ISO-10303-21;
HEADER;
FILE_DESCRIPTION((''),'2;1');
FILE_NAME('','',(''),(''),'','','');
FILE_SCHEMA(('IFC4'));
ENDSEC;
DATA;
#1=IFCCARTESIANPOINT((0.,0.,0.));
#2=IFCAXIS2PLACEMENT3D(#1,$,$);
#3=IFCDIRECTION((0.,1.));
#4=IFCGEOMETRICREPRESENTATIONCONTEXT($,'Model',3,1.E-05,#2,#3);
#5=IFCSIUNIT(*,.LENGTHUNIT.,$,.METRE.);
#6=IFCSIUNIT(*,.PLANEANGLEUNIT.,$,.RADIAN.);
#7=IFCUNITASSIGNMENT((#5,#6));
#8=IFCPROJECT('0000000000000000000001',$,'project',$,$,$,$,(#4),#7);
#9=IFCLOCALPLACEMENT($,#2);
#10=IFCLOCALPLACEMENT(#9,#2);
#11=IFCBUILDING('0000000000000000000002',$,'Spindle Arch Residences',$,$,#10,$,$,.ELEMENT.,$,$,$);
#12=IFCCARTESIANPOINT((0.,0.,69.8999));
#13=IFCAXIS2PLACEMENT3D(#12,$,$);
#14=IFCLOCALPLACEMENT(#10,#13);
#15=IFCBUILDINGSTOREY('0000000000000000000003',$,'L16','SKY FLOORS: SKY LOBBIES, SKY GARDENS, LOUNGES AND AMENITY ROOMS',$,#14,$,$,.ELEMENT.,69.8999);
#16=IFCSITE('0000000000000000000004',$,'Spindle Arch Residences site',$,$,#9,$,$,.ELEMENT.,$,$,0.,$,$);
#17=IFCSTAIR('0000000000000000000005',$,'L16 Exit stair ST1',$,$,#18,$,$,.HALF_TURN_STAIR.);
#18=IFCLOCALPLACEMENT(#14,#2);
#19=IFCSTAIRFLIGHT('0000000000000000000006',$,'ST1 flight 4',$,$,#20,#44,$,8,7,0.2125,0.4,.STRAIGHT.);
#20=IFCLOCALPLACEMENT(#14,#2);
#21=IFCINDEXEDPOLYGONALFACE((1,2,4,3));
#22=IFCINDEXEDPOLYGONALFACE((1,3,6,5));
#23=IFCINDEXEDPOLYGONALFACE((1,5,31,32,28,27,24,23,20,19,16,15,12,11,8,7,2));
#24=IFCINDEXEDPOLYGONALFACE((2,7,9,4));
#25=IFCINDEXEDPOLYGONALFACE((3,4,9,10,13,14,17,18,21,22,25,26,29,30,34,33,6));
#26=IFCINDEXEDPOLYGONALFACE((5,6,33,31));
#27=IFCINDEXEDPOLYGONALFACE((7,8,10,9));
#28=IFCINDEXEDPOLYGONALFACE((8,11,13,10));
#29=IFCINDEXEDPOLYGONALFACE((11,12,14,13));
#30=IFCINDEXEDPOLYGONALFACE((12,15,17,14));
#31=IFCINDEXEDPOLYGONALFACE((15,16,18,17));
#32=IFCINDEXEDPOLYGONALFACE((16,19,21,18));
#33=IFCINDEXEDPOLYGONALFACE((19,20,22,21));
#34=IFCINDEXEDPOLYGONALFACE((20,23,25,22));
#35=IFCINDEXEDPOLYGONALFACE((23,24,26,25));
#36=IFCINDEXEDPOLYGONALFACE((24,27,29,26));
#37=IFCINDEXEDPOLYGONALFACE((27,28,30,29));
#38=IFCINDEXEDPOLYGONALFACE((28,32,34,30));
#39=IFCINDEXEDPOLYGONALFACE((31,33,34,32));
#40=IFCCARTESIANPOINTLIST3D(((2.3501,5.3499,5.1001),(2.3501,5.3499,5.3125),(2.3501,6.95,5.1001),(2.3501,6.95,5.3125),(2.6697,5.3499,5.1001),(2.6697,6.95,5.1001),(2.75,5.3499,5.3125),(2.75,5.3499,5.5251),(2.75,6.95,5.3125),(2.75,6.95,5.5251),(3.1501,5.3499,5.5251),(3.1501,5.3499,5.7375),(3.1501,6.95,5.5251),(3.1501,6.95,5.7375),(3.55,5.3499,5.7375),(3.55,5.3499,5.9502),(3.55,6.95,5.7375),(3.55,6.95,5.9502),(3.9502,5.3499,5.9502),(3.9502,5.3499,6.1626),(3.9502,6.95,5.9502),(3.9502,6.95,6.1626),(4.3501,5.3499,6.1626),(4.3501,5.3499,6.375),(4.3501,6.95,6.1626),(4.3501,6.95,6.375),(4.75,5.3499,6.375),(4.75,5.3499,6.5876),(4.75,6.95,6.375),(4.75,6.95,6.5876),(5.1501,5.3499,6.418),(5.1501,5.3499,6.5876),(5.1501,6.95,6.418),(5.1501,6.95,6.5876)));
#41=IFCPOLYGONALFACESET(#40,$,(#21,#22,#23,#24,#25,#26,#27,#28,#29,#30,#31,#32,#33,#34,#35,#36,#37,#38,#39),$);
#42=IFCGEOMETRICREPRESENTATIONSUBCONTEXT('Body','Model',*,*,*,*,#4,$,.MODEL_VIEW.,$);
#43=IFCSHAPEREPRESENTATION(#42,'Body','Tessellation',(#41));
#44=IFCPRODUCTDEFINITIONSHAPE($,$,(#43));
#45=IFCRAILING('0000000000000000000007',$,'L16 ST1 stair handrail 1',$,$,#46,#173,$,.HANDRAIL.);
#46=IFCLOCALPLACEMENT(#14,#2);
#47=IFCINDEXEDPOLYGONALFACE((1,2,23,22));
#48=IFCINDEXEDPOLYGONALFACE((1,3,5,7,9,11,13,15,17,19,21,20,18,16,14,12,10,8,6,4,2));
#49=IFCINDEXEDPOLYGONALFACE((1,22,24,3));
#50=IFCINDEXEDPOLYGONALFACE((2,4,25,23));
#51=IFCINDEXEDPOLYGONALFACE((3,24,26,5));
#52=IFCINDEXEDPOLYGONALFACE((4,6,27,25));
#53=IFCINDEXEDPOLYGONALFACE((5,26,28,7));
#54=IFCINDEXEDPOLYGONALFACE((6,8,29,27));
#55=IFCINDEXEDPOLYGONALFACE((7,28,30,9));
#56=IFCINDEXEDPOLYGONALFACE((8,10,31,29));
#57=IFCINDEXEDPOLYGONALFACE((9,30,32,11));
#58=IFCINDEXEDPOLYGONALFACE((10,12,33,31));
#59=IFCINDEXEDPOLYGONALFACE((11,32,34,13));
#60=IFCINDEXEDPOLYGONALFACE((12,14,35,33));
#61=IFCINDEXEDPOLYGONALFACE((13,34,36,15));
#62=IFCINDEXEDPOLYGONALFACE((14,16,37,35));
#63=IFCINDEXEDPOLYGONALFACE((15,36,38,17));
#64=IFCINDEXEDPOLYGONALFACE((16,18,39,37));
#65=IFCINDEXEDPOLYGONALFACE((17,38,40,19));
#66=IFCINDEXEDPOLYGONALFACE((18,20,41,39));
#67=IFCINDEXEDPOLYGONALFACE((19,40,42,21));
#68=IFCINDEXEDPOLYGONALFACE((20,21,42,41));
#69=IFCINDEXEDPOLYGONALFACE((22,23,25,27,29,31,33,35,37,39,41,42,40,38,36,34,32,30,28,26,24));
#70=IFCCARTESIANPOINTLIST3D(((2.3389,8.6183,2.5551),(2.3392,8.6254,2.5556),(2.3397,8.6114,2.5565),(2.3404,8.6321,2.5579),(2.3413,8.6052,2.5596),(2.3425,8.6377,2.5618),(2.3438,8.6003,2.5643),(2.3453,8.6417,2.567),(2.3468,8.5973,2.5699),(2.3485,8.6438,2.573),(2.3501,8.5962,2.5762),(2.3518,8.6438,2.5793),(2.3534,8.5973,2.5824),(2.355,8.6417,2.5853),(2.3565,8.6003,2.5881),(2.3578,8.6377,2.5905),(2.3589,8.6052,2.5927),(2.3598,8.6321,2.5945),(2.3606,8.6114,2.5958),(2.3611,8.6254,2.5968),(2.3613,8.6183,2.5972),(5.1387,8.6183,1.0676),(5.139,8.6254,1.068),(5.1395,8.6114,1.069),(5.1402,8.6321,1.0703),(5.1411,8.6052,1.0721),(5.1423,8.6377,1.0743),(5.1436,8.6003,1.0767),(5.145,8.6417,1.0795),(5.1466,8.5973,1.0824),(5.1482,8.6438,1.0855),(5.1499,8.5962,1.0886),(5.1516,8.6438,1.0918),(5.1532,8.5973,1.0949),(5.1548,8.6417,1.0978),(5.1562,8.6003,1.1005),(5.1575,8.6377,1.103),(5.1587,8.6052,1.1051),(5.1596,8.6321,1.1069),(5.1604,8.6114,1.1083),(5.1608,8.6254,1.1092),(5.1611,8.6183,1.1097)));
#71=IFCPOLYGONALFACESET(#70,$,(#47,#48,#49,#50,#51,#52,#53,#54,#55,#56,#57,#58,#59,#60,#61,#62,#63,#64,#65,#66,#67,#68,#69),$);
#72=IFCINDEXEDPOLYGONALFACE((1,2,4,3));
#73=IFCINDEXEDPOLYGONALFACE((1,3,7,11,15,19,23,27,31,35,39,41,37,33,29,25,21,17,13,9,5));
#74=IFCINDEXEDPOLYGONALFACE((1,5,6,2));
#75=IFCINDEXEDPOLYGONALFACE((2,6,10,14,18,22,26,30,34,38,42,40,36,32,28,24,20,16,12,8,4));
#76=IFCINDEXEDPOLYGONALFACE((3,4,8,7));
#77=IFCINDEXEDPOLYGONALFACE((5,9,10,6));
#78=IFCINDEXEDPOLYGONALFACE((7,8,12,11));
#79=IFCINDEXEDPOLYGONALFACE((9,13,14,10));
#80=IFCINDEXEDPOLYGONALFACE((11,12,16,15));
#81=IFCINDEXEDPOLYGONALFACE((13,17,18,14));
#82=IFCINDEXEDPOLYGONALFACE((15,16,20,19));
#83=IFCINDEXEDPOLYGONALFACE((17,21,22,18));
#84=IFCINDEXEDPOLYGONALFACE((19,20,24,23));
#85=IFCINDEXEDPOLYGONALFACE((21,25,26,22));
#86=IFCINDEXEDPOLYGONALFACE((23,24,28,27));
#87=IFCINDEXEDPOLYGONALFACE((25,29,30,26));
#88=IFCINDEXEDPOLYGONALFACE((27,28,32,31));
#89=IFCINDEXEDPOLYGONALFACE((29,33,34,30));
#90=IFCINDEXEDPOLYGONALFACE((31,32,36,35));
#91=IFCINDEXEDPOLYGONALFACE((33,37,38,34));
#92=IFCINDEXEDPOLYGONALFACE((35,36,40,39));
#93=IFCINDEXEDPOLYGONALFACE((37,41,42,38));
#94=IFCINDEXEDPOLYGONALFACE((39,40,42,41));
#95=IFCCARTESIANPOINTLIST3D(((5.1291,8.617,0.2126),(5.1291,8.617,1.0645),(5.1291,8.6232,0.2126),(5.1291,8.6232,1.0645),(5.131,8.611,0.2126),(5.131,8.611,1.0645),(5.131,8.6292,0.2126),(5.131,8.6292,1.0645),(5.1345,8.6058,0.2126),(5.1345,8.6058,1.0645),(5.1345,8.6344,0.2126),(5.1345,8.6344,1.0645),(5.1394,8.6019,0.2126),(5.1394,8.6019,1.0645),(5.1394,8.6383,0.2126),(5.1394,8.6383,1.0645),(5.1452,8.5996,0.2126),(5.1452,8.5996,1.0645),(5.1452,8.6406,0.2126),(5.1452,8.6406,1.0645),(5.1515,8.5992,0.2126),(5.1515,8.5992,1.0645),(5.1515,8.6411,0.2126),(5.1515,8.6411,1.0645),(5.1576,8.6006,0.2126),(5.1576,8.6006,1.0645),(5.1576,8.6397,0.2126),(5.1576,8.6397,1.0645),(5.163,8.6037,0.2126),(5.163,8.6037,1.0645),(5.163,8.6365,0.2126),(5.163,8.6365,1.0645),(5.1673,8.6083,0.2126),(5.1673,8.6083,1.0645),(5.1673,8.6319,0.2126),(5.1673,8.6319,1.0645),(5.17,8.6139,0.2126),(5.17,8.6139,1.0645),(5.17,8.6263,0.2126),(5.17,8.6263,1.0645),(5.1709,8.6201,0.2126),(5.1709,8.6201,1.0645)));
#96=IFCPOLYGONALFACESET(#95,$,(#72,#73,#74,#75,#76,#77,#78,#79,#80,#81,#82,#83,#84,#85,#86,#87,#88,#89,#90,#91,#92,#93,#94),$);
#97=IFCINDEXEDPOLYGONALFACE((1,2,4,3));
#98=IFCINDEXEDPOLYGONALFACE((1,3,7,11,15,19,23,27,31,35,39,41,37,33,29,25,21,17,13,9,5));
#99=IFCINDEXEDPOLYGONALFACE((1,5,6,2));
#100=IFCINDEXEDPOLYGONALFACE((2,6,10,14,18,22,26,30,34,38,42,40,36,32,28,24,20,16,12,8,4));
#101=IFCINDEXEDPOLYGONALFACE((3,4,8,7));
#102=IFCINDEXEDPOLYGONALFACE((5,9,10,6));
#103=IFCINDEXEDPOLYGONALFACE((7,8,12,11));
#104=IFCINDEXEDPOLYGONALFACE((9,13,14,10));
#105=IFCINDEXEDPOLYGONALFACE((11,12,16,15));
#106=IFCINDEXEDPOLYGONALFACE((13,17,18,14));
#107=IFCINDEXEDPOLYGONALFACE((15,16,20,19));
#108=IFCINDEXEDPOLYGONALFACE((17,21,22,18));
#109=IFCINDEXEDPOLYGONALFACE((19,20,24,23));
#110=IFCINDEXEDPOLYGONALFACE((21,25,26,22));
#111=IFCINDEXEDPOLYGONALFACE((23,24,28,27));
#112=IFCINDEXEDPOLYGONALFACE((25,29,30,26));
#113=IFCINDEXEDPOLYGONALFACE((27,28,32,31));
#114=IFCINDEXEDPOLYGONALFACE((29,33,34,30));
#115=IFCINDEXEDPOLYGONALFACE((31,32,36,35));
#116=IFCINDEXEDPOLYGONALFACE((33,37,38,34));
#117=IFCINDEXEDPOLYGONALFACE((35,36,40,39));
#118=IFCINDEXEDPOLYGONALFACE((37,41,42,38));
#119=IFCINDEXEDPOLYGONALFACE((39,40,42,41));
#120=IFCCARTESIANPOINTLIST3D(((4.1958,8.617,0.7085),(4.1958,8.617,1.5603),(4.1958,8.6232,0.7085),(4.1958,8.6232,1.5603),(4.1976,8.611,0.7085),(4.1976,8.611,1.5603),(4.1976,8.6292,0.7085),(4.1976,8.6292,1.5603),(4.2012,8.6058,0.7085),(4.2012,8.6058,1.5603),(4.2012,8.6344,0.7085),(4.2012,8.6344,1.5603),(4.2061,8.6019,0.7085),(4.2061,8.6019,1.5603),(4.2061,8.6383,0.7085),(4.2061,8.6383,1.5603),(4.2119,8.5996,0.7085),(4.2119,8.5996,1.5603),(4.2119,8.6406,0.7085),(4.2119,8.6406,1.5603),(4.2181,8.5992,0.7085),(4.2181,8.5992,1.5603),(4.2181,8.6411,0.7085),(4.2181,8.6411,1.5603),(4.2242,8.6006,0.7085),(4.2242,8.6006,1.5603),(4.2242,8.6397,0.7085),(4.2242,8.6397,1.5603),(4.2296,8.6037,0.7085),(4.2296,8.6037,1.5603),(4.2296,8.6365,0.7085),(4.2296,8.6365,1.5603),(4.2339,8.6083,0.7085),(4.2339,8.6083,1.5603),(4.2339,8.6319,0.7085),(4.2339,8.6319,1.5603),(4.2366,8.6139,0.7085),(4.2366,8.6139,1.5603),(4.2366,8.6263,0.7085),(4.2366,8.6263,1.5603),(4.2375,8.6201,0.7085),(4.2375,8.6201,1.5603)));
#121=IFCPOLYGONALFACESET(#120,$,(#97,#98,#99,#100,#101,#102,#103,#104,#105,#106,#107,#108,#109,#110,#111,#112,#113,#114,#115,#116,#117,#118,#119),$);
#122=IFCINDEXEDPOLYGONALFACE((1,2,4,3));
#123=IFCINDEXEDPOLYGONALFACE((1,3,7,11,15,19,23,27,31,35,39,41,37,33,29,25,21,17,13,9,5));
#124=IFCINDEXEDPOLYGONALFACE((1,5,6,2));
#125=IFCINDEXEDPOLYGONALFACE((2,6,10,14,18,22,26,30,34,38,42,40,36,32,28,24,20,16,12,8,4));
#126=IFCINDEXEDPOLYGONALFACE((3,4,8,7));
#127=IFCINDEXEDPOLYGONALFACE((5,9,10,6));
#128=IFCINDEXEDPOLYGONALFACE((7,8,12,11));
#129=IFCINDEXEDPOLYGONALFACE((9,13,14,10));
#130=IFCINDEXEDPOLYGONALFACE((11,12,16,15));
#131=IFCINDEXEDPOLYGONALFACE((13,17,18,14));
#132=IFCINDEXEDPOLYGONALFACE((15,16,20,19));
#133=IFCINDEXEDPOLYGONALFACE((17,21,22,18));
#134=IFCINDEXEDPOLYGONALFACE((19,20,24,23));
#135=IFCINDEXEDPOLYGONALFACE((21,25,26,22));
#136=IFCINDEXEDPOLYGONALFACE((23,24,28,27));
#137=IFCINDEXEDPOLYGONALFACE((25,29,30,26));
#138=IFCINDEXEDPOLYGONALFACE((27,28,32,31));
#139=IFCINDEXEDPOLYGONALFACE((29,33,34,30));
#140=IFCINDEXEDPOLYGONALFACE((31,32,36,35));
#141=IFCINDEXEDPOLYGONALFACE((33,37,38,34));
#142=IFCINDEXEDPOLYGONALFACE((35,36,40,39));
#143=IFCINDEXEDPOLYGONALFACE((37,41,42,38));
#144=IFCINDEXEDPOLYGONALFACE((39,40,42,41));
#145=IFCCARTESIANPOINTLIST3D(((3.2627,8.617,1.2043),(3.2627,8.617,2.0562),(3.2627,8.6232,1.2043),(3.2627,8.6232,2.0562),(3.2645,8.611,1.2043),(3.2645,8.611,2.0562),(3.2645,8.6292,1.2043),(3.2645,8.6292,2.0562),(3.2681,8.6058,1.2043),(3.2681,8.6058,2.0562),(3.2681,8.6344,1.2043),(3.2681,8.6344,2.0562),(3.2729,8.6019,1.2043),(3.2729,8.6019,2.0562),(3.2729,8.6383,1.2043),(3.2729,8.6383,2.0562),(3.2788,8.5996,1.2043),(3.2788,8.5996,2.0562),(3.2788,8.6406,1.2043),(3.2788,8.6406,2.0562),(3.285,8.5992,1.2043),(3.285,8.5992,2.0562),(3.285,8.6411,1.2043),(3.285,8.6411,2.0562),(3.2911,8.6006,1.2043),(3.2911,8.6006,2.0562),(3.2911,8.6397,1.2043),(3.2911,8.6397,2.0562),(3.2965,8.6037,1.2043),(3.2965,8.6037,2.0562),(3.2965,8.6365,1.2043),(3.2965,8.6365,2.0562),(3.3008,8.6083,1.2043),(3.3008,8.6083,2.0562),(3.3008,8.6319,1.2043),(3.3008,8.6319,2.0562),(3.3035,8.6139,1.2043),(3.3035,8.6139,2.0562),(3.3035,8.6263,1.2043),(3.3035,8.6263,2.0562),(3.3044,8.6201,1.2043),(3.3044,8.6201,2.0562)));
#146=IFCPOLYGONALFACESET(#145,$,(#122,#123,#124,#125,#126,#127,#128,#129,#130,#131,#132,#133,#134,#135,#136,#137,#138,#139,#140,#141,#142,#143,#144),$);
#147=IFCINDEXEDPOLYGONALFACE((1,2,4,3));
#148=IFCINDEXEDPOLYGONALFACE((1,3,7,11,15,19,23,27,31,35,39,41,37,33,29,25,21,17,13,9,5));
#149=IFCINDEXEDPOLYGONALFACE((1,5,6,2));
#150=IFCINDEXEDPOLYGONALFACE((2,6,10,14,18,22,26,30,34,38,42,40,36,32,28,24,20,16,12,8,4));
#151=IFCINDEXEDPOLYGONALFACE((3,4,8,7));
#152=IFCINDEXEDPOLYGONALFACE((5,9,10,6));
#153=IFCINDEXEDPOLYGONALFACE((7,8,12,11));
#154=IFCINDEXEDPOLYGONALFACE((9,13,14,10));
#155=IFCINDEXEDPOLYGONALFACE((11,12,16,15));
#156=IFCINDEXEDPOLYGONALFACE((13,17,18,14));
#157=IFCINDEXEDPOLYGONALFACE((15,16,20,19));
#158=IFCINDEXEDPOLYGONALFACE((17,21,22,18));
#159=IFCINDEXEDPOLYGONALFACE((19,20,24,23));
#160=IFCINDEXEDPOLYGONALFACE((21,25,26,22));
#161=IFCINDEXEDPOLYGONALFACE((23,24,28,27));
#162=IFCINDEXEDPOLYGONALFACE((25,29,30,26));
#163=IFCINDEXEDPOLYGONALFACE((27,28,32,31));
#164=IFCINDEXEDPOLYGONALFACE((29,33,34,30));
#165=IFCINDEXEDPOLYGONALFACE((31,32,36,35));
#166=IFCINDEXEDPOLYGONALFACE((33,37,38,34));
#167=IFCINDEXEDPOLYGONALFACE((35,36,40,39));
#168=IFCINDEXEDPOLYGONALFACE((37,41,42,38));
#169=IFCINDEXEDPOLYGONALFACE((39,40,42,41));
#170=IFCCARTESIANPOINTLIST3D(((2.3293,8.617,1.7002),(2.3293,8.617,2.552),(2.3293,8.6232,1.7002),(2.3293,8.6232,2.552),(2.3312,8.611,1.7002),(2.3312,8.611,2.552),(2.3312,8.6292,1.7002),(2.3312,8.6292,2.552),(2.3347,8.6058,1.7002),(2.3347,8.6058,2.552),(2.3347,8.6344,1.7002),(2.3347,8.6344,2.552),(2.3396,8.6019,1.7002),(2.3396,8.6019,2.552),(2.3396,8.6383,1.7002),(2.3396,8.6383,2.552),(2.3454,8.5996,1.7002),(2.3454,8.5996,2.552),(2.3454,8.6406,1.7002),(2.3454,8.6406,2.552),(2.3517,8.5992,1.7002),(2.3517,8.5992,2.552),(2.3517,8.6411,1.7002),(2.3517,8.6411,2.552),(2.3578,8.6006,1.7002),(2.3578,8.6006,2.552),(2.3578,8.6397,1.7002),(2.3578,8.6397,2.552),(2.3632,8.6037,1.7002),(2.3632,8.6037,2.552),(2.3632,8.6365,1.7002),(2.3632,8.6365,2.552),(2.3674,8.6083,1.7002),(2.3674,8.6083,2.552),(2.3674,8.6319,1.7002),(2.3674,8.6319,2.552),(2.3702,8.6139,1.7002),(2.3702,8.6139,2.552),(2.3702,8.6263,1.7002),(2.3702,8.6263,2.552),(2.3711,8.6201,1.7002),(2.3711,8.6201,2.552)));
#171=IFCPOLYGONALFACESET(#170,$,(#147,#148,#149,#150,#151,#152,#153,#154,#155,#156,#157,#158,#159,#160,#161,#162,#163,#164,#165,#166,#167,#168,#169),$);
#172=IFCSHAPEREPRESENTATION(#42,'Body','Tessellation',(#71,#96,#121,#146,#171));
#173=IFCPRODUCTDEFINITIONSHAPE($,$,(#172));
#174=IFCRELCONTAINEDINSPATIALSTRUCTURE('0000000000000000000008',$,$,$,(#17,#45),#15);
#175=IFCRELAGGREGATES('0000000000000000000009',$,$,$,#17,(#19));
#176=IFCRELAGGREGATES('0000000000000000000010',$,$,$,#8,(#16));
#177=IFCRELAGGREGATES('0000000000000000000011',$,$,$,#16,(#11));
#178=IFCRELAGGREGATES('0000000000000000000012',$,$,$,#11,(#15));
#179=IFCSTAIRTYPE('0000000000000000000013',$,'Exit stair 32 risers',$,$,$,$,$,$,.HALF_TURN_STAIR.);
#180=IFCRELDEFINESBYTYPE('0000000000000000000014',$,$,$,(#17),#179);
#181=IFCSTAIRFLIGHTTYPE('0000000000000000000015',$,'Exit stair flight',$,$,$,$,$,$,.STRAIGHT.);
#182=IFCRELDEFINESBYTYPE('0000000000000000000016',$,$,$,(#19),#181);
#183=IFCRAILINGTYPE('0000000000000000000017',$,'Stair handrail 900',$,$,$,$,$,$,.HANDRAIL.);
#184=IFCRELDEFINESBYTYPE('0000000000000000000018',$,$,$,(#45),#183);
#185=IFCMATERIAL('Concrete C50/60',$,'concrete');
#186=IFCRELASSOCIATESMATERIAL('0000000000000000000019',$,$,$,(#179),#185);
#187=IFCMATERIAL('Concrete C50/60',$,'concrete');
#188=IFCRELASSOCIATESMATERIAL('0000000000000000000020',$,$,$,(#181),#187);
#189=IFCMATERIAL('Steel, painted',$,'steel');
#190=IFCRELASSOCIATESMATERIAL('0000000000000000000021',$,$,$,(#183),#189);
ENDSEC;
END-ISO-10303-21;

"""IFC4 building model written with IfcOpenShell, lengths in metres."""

from ifc_helpers import new_model, si_unit, direction, frame, origin, origin_2d, place, context, subcontext, project, spatial, polyline, circle, outline, extrude, material, type_object, element, aggregate, save


model = new_model("IFC4")

# Units and contexts
model_context = context("Model", 3, precision=1e-05, world=origin(), true_north=direction((0.0, 1.0)))
body_context = subcontext(model_context, "Body", "Model", "MODEL_VIEW")
ifc_project = project(units=[si_unit("LENGTHUNIT", "METRE"), si_unit("PLANEANGLEUNIT", "RADIAN")], contexts=[model_context])

# Site, building, storey
site_placement = place(None, origin())
site = spatial("IfcSite", under=ifc_project, at=site_placement, Name="Spindle Arch Residences site", CompositionType="ELEMENT", RefElevation=0.0)
building_placement = place(site_placement, origin())
building = spatial("IfcBuilding", under=site, at=building_placement, Name="Spindle Arch Residences", CompositionType="ELEMENT")
storey_placement = place(building_placement, frame((0.0, 0.0, 69.8999)))
storey = spatial("IfcBuildingStorey", under=building, at=storey_placement, Name="L16", Description="SKY FLOORS: SKY LOBBIES, SKY GARDENS, LOUNGES AND AMENITY ROOMS", CompositionType="ELEMENT", Elevation=69.8999)

# Stair, stair flight
ifc_material_1 = material(Name="Concrete C50/60", Category="concrete")
stair_type = type_object("IfcStairType", Name="Exit stair 32 risers", PredefinedType="HALF_TURN_STAIR", material=ifc_material_1)
stair_placement = place(storey_placement, origin())
stair = element("IfcStair", 1, at=stair_placement, inside=storey, type_object=stair_type, Name="L16 Exit stair ST1", PredefinedType="HALF_TURN_STAIR")
ifc_material_2 = material(Name="Concrete C50/60", Category="concrete")
stair_flight_type = type_object("IfcStairFlightType", Name="Exit stair flight", PredefinedType="STRAIGHT", material=ifc_material_2)
stair_flight_1_placement = place(storey_placement, frame((2.3501, 6.1499, 5.1001), z_axis=(0.0, 0.0, 1.0), x_axis=(1.0, 0.0, 0.0)))
stair_flight_1 = element("IfcStairFlight", 2, at=stair_flight_1_placement, type_object=stair_flight_type, Name="ST1 flight 4", NumberOfRisers=8, NumberOfTreads=7, PredefinedType="STRAIGHT", RiserHeight=0.2125, TreadLength=0.4, context=body_context, shape_type="SweptSolid", body=[
    extrude(outline(polyline([(0.0, 0.0), (0.0, 0.2124), (0.3999, 0.2124), (0.3999, 0.425), (0.8, 0.425), (0.8, 0.6375), (1.2, 0.6375), (1.2, 0.8501), (1.6001, 0.8501), (1.6001, 1.0625), (2.0, 1.0625), (2.0, 1.2749), (2.3999, 1.2749), (2.3999, 1.4875), (2.8, 1.4875), (2.8, 1.7), (2.8, 1.3179), (0.3196, 0.0), (0.0, 0.0)])), frame((0.0, 0.8, 0.0), z_axis=(0.0, -1.0, 0.0), x_axis=(1.0, 0.0, 0.0)), (0.0, 0.0, 1.0), 1.6001),
])
aggregate(stair, [stair_flight_1])

# Railing
ifc_material_3 = material(Name="Steel, painted", Category="steel")
railing_type_1 = type_object("IfcRailingType", Name="Stair handrail 900", PredefinedType="HANDRAIL", material=ifc_material_3)
railing_1_placement = place(storey_placement, frame((5.1499, 8.6201, 0.2126)))
element("IfcRailing", 3, at=railing_1_placement, inside=storey, type_object=railing_type_1, Name="L16 ST1 stair handrail 1", PredefinedType="HANDRAIL", context=body_context, shape_type="SweptSolid", body=[
    extrude(circle(Radius=0.0239, at=origin_2d()), frame((0.0, 0.0, 0.876), z_axis=(-0.883096, 0.0, 0.469193), x_axis=(0.0, -1.0, 0.0)), (0.0, 0.0, 1.0), 3.1704),
    extrude(circle(Radius=0.021, at=origin_2d()), origin(), (0.0, 0.0, 1.0), 0.8518),
    extrude(circle(Radius=0.021, at=origin_2d()), frame((-0.9333, 0.0, 0.4958)), (0.0, 0.0, 1.0), 0.8518),
    extrude(circle(Radius=0.021, at=origin_2d()), frame((-1.8665, 0.0, 0.9917)), (0.0, 0.0, 1.0), 0.8518),
    extrude(circle(Radius=0.021, at=origin_2d()), frame((-2.7998, 0.0, 1.4875)), (0.0, 0.0, 1.0), 0.8518),
])

save(model, "model.ifc")
